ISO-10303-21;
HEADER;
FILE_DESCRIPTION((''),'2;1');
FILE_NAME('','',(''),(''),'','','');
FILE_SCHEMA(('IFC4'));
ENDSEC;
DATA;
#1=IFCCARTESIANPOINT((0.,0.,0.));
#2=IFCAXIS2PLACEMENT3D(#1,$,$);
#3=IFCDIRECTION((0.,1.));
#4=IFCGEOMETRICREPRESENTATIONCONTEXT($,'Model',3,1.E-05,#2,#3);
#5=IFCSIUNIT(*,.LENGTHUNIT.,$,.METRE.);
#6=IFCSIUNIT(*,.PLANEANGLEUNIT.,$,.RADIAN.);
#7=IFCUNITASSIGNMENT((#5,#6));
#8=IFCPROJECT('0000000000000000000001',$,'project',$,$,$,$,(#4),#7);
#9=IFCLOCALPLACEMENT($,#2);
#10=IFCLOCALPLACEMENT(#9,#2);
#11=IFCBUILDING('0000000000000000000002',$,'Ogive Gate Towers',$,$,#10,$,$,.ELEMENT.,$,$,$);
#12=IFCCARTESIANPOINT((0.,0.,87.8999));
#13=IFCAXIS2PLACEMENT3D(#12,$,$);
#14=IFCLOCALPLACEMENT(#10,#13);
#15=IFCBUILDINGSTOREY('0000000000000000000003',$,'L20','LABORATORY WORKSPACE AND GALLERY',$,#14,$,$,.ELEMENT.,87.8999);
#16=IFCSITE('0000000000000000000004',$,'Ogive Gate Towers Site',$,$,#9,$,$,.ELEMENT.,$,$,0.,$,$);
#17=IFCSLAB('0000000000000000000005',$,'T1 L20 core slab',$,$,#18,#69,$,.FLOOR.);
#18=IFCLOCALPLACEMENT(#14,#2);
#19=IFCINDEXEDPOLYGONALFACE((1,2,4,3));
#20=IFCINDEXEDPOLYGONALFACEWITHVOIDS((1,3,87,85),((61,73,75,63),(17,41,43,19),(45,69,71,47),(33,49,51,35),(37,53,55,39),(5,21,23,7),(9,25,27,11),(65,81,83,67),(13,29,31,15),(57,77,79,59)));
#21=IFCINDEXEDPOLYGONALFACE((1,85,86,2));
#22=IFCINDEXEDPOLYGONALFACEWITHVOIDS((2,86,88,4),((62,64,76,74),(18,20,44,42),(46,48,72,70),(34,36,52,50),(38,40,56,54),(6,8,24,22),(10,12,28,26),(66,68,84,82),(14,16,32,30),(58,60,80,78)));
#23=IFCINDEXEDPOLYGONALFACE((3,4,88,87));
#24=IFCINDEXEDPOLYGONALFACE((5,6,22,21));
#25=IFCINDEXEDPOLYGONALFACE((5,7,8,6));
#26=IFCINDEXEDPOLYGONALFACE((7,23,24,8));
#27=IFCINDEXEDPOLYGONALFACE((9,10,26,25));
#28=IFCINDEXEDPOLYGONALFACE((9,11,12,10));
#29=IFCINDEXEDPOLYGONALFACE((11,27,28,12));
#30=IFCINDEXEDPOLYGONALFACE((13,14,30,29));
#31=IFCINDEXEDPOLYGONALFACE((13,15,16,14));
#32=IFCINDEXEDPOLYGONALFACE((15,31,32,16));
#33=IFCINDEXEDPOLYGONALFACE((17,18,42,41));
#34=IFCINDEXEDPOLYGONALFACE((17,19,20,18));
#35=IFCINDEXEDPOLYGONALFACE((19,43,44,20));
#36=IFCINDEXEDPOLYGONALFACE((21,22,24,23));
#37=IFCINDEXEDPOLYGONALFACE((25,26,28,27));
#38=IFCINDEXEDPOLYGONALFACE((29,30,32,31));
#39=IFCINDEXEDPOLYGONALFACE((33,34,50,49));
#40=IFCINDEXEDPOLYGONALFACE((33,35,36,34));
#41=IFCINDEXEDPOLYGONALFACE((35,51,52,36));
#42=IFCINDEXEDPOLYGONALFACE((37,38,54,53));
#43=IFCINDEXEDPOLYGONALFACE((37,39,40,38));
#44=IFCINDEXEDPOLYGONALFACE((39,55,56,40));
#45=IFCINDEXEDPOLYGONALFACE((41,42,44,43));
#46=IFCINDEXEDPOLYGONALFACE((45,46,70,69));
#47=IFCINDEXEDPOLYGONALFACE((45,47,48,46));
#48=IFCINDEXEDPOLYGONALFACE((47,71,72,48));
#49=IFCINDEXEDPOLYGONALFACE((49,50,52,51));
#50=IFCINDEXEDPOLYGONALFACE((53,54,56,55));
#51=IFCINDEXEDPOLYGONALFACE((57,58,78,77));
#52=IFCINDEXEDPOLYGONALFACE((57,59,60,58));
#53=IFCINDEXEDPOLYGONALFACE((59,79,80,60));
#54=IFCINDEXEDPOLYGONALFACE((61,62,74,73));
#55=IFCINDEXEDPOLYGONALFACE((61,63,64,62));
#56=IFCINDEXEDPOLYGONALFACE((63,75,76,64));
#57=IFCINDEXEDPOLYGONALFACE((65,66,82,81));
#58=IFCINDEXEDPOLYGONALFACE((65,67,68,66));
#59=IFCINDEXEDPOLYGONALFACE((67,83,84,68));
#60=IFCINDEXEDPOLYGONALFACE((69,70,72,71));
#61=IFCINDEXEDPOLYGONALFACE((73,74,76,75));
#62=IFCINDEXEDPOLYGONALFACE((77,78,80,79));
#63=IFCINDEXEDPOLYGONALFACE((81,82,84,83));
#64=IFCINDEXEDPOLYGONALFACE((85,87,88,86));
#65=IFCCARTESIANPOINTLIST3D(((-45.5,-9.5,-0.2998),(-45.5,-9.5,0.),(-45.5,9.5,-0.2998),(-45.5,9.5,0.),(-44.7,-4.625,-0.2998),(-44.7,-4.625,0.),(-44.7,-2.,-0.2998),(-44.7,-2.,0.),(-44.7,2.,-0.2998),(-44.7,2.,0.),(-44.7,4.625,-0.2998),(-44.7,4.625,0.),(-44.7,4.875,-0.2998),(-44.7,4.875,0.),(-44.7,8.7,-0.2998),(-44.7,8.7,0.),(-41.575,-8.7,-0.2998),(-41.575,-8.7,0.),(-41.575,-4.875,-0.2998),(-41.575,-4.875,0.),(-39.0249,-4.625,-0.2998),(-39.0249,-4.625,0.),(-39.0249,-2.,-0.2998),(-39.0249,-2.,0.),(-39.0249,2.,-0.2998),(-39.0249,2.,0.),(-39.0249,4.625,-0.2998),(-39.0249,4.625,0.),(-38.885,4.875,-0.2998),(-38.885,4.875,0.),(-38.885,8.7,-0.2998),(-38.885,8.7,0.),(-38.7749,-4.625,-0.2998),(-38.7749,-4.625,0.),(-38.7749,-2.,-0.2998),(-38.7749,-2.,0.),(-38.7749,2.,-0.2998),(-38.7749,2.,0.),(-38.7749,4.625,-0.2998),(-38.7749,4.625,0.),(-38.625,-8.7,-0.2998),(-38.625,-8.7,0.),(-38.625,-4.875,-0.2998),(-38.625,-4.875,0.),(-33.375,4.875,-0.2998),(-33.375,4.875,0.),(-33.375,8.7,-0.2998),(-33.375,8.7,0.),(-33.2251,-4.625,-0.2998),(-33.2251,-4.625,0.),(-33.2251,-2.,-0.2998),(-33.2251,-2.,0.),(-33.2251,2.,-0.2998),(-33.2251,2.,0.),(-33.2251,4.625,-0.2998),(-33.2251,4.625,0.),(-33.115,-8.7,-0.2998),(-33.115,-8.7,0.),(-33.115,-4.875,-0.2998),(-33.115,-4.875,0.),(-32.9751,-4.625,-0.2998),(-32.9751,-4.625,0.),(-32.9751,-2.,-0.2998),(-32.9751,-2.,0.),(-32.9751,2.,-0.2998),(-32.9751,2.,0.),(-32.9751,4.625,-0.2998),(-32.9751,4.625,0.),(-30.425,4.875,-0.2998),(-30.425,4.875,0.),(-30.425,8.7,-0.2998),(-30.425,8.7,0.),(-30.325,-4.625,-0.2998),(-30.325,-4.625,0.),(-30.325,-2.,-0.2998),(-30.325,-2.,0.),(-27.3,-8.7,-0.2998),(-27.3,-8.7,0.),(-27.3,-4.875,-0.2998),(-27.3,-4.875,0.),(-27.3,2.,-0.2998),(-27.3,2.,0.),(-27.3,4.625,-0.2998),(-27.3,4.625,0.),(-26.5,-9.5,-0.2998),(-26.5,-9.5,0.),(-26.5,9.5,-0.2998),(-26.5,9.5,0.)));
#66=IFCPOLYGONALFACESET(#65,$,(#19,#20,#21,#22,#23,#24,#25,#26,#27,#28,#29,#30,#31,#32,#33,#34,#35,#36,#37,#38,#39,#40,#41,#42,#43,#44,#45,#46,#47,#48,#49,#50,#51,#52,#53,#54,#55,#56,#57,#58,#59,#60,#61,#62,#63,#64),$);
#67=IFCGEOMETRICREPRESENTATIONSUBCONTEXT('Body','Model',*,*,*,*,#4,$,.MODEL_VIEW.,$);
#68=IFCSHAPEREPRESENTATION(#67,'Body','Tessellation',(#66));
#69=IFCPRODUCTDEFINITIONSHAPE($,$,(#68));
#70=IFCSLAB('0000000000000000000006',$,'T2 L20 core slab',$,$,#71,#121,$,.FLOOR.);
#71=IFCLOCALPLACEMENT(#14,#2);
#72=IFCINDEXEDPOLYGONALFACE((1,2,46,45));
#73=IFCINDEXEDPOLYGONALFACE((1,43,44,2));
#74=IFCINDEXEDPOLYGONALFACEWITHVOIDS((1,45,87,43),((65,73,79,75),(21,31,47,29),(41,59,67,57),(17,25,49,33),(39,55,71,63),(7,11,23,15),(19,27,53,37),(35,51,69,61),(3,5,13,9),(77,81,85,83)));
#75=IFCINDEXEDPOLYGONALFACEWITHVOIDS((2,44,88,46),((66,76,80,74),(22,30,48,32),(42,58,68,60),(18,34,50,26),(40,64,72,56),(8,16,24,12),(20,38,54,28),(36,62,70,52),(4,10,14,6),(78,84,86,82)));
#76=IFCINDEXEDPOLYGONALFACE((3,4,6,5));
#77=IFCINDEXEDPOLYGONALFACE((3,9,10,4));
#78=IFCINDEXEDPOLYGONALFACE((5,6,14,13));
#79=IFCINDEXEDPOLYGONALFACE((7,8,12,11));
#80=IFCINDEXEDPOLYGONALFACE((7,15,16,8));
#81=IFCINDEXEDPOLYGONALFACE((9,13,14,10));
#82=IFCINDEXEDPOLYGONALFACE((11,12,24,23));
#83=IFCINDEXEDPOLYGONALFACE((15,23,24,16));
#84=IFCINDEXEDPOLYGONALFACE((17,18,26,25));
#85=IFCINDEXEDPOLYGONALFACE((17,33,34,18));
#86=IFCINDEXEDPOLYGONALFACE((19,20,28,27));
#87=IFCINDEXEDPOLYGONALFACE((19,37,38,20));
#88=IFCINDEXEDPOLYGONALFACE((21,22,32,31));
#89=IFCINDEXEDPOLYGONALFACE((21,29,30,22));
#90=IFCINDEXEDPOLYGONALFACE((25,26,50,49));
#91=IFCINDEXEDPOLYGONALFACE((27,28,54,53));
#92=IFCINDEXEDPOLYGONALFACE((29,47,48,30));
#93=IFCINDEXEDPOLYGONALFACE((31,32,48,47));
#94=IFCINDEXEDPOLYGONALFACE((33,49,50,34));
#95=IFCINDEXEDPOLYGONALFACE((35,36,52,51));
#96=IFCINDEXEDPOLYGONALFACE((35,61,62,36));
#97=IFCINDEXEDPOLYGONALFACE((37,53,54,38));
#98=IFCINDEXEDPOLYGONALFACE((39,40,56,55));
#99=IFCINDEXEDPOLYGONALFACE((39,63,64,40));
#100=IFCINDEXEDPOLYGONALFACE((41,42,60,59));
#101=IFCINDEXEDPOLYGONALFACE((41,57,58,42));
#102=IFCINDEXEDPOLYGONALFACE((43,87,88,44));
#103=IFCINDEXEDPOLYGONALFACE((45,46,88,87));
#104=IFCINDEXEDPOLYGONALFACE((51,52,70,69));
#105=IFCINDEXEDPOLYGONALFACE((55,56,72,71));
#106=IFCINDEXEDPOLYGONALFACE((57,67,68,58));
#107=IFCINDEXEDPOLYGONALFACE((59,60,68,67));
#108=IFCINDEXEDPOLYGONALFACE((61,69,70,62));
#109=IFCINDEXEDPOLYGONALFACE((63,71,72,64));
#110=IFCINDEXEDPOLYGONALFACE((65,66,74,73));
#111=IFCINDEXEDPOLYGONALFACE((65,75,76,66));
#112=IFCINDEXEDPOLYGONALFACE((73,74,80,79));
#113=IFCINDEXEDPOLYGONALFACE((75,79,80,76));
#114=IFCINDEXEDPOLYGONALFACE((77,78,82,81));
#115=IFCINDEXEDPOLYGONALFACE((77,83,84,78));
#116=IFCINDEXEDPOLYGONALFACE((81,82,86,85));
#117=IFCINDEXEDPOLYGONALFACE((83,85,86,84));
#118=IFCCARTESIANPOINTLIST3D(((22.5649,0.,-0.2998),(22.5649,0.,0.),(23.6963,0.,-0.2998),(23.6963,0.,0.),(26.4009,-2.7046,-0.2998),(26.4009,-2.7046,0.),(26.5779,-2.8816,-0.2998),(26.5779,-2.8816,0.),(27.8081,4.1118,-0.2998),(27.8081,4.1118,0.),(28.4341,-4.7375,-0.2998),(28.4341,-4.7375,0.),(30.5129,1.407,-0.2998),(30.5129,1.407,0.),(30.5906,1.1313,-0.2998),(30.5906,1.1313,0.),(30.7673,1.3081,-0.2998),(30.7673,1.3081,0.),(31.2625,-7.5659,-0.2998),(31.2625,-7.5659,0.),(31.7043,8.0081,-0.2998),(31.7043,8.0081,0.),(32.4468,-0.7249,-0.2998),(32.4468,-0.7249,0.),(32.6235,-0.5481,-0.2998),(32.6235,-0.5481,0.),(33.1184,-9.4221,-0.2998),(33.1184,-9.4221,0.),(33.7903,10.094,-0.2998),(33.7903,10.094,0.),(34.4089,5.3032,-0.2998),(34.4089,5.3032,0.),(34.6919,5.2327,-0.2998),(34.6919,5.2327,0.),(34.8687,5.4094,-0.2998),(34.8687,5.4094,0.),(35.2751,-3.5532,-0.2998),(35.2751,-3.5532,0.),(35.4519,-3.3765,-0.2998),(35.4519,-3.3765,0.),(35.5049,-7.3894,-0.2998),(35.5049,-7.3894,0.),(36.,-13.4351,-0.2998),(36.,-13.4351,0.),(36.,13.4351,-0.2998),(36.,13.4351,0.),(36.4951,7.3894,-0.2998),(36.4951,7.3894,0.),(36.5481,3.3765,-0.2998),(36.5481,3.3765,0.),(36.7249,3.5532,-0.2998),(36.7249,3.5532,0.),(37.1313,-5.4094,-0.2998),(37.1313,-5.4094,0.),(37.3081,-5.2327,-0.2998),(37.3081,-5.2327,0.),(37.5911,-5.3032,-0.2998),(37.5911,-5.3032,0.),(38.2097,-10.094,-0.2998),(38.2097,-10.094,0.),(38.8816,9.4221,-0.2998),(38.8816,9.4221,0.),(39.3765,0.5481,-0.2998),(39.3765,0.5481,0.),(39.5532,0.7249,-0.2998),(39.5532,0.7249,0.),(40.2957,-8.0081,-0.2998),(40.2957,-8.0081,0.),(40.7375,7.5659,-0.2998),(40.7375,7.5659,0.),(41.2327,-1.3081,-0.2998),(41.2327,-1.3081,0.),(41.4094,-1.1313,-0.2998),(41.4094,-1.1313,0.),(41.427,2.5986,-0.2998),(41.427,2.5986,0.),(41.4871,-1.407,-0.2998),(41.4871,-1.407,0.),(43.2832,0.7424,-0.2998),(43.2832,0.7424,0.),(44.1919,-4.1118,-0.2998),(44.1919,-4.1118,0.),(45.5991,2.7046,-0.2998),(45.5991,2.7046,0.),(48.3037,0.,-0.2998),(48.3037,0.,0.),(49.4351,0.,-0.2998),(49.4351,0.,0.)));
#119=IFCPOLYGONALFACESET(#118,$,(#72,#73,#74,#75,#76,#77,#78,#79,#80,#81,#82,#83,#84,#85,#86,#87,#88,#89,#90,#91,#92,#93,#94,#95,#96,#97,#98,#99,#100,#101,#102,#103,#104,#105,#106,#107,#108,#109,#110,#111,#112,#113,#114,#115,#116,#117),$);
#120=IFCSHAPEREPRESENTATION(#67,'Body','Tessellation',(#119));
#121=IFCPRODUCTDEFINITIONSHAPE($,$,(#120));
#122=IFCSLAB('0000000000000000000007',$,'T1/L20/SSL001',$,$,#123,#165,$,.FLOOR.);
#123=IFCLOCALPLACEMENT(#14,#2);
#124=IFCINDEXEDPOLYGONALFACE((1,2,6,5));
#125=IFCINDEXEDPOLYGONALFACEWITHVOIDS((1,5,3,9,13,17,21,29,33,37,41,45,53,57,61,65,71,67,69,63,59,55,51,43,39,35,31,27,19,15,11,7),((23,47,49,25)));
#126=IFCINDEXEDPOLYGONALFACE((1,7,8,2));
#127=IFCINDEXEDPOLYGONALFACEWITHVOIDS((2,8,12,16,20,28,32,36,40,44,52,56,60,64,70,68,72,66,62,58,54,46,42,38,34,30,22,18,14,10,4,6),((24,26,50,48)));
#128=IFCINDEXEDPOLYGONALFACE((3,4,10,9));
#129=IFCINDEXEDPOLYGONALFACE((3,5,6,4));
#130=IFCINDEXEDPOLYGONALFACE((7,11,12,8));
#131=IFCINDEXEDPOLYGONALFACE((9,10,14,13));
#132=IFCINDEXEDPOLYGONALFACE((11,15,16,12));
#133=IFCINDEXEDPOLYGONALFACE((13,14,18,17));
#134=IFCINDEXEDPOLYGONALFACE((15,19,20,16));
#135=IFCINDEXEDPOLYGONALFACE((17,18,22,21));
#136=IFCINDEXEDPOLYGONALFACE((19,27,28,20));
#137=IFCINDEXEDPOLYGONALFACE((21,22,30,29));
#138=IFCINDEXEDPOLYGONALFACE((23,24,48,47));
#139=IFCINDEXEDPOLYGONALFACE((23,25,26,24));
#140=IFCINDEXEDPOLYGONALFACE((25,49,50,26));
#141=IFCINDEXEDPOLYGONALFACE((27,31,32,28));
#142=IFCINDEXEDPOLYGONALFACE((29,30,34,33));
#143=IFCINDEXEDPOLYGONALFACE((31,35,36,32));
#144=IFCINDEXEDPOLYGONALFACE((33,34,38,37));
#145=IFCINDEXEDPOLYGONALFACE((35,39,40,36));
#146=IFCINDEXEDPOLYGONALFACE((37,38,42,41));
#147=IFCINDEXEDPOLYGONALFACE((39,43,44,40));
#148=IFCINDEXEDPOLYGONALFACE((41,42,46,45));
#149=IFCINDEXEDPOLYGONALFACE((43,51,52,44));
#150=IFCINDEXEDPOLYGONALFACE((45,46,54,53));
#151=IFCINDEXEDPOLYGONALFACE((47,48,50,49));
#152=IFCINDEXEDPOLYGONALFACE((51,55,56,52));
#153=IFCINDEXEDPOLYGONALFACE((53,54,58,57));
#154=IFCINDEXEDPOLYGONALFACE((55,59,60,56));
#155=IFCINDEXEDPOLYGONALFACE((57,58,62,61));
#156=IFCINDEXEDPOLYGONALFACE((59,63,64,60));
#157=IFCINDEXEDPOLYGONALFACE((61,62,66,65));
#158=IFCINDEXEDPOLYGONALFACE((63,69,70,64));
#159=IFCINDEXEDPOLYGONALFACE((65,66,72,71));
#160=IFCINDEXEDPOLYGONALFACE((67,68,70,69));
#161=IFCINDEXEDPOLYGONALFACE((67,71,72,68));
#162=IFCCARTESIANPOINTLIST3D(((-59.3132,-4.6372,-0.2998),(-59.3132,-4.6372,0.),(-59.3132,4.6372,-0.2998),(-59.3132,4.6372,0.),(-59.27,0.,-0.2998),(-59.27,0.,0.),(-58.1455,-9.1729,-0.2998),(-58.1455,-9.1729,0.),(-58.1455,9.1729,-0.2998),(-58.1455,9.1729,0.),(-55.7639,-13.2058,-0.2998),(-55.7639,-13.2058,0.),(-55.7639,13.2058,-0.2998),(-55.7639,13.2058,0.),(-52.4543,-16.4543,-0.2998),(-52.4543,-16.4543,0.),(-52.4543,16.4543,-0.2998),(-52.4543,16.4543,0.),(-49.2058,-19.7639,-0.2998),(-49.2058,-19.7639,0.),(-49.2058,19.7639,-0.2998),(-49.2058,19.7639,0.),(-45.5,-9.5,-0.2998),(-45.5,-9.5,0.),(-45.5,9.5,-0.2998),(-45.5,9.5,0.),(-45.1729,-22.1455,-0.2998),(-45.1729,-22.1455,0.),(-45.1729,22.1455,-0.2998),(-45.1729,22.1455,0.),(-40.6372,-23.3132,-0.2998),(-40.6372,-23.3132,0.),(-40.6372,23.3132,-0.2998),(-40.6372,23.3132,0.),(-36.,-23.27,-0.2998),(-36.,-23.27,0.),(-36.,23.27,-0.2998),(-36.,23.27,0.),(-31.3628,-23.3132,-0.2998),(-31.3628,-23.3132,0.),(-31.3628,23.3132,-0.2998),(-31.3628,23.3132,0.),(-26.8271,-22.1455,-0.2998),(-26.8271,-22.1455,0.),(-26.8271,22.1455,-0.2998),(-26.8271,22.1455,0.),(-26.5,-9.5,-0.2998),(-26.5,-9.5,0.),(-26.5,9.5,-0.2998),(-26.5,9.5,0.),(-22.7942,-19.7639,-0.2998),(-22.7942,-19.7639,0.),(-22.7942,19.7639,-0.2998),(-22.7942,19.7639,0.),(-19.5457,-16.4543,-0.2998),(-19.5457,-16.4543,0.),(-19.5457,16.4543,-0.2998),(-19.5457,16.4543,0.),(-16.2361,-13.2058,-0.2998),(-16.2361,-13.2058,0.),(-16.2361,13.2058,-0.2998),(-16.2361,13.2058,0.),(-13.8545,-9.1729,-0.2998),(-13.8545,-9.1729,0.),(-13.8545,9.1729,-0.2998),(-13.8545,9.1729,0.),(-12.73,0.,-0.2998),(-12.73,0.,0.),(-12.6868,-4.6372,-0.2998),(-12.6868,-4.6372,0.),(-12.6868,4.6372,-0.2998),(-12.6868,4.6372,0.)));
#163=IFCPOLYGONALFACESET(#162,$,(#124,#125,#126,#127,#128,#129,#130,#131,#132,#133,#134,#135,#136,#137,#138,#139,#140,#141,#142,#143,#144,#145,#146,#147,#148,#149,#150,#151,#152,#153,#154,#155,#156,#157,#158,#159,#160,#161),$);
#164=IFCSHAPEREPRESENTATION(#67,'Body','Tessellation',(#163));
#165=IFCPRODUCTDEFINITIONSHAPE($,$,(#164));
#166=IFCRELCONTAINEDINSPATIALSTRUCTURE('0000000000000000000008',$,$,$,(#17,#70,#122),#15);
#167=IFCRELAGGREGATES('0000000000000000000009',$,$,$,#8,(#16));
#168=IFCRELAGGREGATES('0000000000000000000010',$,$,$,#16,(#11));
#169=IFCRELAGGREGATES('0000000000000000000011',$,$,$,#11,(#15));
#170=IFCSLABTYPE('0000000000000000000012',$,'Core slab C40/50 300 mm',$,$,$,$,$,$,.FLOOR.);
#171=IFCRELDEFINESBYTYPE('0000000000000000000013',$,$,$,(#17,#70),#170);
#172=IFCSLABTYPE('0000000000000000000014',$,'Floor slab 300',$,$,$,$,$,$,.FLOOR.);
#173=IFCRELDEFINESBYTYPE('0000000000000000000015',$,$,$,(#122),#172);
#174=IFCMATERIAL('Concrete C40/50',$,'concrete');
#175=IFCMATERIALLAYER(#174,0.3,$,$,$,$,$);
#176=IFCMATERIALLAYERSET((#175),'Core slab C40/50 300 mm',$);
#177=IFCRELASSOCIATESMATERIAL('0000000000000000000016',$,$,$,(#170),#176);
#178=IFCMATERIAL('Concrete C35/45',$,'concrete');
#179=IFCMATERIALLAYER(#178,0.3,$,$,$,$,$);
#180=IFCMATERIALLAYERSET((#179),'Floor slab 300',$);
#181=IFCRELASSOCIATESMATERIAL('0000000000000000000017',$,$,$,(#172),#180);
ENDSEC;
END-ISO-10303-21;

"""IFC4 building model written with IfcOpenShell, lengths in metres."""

from ifc_helpers import new_model, si_unit, direction, frame, origin, place, context, subcontext, project, spatial, polyline, outline, extrude, material, layer, layer_set, type_object, element, save


model = new_model("IFC4")

# Units and contexts
model_context = context("Model", 3, precision=1e-05, world=origin(), true_north=direction((0.0, 1.0)))
body_context = subcontext(model_context, "Body", "Model", "MODEL_VIEW")
ifc_project = project(units=[si_unit("LENGTHUNIT", "METRE"), si_unit("PLANEANGLEUNIT", "RADIAN")], contexts=[model_context])

# Site, building, storey
site_placement = place(None, origin())
site = spatial("IfcSite", under=ifc_project, at=site_placement, Name="Ogive Gate Towers Site", CompositionType="ELEMENT", RefElevation=0.0)
building_placement = place(site_placement, origin())
building = spatial("IfcBuilding", under=site, at=building_placement, Name="Ogive Gate Towers", CompositionType="ELEMENT")
storey_placement = place(building_placement, frame((0.0, 0.0, 87.8999)))
storey = spatial("IfcBuildingStorey", under=building, at=storey_placement, Name="L20", Description="LABORATORY WORKSPACE AND GALLERY", CompositionType="ELEMENT", Elevation=87.8999)

# Slabs
ifc_material_1 = material(Name="Concrete C40/50", Category="concrete")
ifc_layer_1 = layer(ifc_material_1, 0.3)
ifc_layer_set_1 = layer_set([ifc_layer_1], Name="Core slab C40/50 300 mm")
slab_type_1 = type_object("IfcSlabType", Name="Core slab C40/50 300 mm", PredefinedType="FLOOR", material=ifc_layer_set_1)
slab_1_placement = place(storey_placement, frame((0.0, 0.0, -0.2998)))
element("IfcSlab", 1, at=slab_1_placement, inside=storey, type_object=slab_type_1, Name="T1 L20 core slab", PredefinedType="FLOOR", context=body_context, shape_type="SweptSolid", body=[
    extrude(outline(polyline([(-26.5, 9.5), (-26.5, -9.5), (-45.5, -9.5), (-45.5, 9.5), (-26.5, 9.5)]), holes=[polyline([(-39.0249, 4.625), (-44.7, 4.625), (-44.7, 2.0), (-39.0249, 2.0), (-39.0249, 4.625)]), polyline([(-33.2251, 2.0), (-33.2251, 4.625), (-38.7749, 4.625), (-38.7749, 2.0), (-33.2251, 2.0)]), polyline([(-32.9751, 2.0), (-27.3, 2.0), (-27.3, 4.625), (-32.9751, 4.625), (-32.9751, 2.0)]), polyline([(-44.7, -2.0), (-44.7, -4.625), (-39.0249, -4.625), (-39.0249, -2.0), (-44.7, -2.0)]), polyline([(-33.2251, -2.0), (-38.7749, -2.0), (-38.7749, -4.625), (-33.2251, -4.625), (-33.2251, -2.0)]), polyline([(-30.325, -4.625), (-30.325, -2.0), (-32.9751, -2.0), (-32.9751, -4.625), (-30.325, -4.625)]), polyline([(-33.375, 4.875), (-30.425, 4.875), (-30.425, 8.7), (-33.375, 8.7), (-33.375, 4.875)]), polyline([(-41.575, -4.875), (-41.575, -8.7), (-38.625, -8.7), (-38.625, -4.875), (-41.575, -4.875)]), polyline([(-44.7, 4.875), (-38.885, 4.875), (-38.885, 8.7), (-44.7, 8.7), (-44.7, 4.875)]), polyline([(-27.3, -8.7), (-27.3, -4.875), (-33.115, -4.875), (-33.115, -8.7), (-27.3, -8.7)])]), origin(), (0.0, 0.0, 1.0), 0.2998),
])
slab_2_placement = place(storey_placement, frame((0.0, 0.0, -0.2998)))
element("IfcSlab", 2, at=slab_2_placement, inside=storey, type_object=slab_type_1, Name="T2 L20 core slab", PredefinedType="FLOOR", context=body_context, shape_type="SweptSolid", body=[
    extrude(outline(polyline([(36.0, 13.4351), (49.4351, 0.0), (36.0, -13.4351), (22.5649, 0.0), (36.0, 13.4351)]), holes=[polyline([(30.5906, 1.1313), (26.5779, -2.8816), (28.4341, -4.7375), (32.4468, -0.7249), (30.5906, 1.1313)]), polyline([(36.5481, 3.3765), (34.6919, 5.2327), (30.7673, 1.3081), (32.6235, -0.5481), (36.5481, 3.3765)]), polyline([(36.7249, 3.5532), (40.7375, 7.5659), (38.8816, 9.4221), (34.8687, 5.4094), (36.7249, 3.5532)]), polyline([(31.2625, -7.5659), (33.1184, -9.4221), (37.1313, -5.4094), (35.2751, -3.5532), (31.2625, -7.5659)]), polyline([(39.3765, 0.5481), (35.4519, -3.3765), (37.3081, -5.2327), (41.2327, -1.3081), (39.3765, 0.5481)]), polyline([(43.2832, 0.7424), (41.427, 2.5986), (39.5532, 0.7249), (41.4094, -1.1313), (43.2832, 0.7424)]), polyline([(34.4089, 5.3032), (36.4951, 7.3894), (33.7903, 10.094), (31.7043, 8.0081), (34.4089, 5.3032)]), polyline([(35.5049, -7.3894), (38.2097, -10.094), (40.2957, -8.0081), (37.5911, -5.3032), (35.5049, -7.3894)]), polyline([(26.4009, -2.7046), (30.5129, 1.407), (27.8081, 4.1118), (23.6963, 0.0), (26.4009, -2.7046)]), polyline([(48.3037, 0.0), (45.5991, 2.7046), (41.4871, -1.407), (44.1919, -4.1118), (48.3037, 0.0)])]), origin(), (0.0, 0.0, 1.0), 0.2998),
])
ifc_material_2 = material(Name="Concrete C35/45", Category="concrete")
ifc_layer_2 = layer(ifc_material_2, 0.3)
ifc_layer_set_2 = layer_set([ifc_layer_2], Name="Floor slab 300")
slab_type_2 = type_object("IfcSlabType", Name="Floor slab 300", PredefinedType="FLOOR", material=ifc_layer_set_2)
slab_3_placement = place(storey_placement, frame((0.0, 0.0, -0.2998)))
element("IfcSlab", 3, at=slab_3_placement, inside=storey, type_object=slab_type_2, Name="T1/L20/SSL001", PredefinedType="FLOOR", context=body_context, shape_type="SweptSolid", body=[
    extrude(outline(polyline([(-12.6868, -4.6372), (-12.73, 0.0), (-12.6868, 4.6372), (-13.8545, 9.1729), (-16.2361, 13.2058), (-19.5457, 16.4543), (-22.7942, 19.7639), (-26.8271, 22.1455), (-31.3628, 23.3132), (-36.0, 23.27), (-40.6372, 23.3132), (-45.1729, 22.1455), (-49.2058, 19.7639), (-52.4543, 16.4543), (-55.7639, 13.2058), (-58.1455, 9.1729), (-59.3132, 4.6372), (-59.27, 0.0), (-59.3132, -4.6372), (-58.1455, -9.1729), (-55.7639, -13.2058), (-52.4543, -16.4543), (-49.2058, -19.7639), (-45.1729, -22.1455), (-40.6372, -23.3132), (-36.0, -23.27), (-31.3628, -23.3132), (-26.8271, -22.1455), (-22.7942, -19.7639), (-19.5457, -16.4543), (-16.2361, -13.2058), (-13.8545, -9.1729), (-12.6868, -4.6372)]), holes=[polyline([(-26.5, -9.5), (-45.5, -9.5), (-45.5, 9.5), (-26.5, 9.5), (-26.5, -9.5)])]), origin(), (0.0, 0.0, 1.0), 0.2998),
])

save(model, "model.ifc")
